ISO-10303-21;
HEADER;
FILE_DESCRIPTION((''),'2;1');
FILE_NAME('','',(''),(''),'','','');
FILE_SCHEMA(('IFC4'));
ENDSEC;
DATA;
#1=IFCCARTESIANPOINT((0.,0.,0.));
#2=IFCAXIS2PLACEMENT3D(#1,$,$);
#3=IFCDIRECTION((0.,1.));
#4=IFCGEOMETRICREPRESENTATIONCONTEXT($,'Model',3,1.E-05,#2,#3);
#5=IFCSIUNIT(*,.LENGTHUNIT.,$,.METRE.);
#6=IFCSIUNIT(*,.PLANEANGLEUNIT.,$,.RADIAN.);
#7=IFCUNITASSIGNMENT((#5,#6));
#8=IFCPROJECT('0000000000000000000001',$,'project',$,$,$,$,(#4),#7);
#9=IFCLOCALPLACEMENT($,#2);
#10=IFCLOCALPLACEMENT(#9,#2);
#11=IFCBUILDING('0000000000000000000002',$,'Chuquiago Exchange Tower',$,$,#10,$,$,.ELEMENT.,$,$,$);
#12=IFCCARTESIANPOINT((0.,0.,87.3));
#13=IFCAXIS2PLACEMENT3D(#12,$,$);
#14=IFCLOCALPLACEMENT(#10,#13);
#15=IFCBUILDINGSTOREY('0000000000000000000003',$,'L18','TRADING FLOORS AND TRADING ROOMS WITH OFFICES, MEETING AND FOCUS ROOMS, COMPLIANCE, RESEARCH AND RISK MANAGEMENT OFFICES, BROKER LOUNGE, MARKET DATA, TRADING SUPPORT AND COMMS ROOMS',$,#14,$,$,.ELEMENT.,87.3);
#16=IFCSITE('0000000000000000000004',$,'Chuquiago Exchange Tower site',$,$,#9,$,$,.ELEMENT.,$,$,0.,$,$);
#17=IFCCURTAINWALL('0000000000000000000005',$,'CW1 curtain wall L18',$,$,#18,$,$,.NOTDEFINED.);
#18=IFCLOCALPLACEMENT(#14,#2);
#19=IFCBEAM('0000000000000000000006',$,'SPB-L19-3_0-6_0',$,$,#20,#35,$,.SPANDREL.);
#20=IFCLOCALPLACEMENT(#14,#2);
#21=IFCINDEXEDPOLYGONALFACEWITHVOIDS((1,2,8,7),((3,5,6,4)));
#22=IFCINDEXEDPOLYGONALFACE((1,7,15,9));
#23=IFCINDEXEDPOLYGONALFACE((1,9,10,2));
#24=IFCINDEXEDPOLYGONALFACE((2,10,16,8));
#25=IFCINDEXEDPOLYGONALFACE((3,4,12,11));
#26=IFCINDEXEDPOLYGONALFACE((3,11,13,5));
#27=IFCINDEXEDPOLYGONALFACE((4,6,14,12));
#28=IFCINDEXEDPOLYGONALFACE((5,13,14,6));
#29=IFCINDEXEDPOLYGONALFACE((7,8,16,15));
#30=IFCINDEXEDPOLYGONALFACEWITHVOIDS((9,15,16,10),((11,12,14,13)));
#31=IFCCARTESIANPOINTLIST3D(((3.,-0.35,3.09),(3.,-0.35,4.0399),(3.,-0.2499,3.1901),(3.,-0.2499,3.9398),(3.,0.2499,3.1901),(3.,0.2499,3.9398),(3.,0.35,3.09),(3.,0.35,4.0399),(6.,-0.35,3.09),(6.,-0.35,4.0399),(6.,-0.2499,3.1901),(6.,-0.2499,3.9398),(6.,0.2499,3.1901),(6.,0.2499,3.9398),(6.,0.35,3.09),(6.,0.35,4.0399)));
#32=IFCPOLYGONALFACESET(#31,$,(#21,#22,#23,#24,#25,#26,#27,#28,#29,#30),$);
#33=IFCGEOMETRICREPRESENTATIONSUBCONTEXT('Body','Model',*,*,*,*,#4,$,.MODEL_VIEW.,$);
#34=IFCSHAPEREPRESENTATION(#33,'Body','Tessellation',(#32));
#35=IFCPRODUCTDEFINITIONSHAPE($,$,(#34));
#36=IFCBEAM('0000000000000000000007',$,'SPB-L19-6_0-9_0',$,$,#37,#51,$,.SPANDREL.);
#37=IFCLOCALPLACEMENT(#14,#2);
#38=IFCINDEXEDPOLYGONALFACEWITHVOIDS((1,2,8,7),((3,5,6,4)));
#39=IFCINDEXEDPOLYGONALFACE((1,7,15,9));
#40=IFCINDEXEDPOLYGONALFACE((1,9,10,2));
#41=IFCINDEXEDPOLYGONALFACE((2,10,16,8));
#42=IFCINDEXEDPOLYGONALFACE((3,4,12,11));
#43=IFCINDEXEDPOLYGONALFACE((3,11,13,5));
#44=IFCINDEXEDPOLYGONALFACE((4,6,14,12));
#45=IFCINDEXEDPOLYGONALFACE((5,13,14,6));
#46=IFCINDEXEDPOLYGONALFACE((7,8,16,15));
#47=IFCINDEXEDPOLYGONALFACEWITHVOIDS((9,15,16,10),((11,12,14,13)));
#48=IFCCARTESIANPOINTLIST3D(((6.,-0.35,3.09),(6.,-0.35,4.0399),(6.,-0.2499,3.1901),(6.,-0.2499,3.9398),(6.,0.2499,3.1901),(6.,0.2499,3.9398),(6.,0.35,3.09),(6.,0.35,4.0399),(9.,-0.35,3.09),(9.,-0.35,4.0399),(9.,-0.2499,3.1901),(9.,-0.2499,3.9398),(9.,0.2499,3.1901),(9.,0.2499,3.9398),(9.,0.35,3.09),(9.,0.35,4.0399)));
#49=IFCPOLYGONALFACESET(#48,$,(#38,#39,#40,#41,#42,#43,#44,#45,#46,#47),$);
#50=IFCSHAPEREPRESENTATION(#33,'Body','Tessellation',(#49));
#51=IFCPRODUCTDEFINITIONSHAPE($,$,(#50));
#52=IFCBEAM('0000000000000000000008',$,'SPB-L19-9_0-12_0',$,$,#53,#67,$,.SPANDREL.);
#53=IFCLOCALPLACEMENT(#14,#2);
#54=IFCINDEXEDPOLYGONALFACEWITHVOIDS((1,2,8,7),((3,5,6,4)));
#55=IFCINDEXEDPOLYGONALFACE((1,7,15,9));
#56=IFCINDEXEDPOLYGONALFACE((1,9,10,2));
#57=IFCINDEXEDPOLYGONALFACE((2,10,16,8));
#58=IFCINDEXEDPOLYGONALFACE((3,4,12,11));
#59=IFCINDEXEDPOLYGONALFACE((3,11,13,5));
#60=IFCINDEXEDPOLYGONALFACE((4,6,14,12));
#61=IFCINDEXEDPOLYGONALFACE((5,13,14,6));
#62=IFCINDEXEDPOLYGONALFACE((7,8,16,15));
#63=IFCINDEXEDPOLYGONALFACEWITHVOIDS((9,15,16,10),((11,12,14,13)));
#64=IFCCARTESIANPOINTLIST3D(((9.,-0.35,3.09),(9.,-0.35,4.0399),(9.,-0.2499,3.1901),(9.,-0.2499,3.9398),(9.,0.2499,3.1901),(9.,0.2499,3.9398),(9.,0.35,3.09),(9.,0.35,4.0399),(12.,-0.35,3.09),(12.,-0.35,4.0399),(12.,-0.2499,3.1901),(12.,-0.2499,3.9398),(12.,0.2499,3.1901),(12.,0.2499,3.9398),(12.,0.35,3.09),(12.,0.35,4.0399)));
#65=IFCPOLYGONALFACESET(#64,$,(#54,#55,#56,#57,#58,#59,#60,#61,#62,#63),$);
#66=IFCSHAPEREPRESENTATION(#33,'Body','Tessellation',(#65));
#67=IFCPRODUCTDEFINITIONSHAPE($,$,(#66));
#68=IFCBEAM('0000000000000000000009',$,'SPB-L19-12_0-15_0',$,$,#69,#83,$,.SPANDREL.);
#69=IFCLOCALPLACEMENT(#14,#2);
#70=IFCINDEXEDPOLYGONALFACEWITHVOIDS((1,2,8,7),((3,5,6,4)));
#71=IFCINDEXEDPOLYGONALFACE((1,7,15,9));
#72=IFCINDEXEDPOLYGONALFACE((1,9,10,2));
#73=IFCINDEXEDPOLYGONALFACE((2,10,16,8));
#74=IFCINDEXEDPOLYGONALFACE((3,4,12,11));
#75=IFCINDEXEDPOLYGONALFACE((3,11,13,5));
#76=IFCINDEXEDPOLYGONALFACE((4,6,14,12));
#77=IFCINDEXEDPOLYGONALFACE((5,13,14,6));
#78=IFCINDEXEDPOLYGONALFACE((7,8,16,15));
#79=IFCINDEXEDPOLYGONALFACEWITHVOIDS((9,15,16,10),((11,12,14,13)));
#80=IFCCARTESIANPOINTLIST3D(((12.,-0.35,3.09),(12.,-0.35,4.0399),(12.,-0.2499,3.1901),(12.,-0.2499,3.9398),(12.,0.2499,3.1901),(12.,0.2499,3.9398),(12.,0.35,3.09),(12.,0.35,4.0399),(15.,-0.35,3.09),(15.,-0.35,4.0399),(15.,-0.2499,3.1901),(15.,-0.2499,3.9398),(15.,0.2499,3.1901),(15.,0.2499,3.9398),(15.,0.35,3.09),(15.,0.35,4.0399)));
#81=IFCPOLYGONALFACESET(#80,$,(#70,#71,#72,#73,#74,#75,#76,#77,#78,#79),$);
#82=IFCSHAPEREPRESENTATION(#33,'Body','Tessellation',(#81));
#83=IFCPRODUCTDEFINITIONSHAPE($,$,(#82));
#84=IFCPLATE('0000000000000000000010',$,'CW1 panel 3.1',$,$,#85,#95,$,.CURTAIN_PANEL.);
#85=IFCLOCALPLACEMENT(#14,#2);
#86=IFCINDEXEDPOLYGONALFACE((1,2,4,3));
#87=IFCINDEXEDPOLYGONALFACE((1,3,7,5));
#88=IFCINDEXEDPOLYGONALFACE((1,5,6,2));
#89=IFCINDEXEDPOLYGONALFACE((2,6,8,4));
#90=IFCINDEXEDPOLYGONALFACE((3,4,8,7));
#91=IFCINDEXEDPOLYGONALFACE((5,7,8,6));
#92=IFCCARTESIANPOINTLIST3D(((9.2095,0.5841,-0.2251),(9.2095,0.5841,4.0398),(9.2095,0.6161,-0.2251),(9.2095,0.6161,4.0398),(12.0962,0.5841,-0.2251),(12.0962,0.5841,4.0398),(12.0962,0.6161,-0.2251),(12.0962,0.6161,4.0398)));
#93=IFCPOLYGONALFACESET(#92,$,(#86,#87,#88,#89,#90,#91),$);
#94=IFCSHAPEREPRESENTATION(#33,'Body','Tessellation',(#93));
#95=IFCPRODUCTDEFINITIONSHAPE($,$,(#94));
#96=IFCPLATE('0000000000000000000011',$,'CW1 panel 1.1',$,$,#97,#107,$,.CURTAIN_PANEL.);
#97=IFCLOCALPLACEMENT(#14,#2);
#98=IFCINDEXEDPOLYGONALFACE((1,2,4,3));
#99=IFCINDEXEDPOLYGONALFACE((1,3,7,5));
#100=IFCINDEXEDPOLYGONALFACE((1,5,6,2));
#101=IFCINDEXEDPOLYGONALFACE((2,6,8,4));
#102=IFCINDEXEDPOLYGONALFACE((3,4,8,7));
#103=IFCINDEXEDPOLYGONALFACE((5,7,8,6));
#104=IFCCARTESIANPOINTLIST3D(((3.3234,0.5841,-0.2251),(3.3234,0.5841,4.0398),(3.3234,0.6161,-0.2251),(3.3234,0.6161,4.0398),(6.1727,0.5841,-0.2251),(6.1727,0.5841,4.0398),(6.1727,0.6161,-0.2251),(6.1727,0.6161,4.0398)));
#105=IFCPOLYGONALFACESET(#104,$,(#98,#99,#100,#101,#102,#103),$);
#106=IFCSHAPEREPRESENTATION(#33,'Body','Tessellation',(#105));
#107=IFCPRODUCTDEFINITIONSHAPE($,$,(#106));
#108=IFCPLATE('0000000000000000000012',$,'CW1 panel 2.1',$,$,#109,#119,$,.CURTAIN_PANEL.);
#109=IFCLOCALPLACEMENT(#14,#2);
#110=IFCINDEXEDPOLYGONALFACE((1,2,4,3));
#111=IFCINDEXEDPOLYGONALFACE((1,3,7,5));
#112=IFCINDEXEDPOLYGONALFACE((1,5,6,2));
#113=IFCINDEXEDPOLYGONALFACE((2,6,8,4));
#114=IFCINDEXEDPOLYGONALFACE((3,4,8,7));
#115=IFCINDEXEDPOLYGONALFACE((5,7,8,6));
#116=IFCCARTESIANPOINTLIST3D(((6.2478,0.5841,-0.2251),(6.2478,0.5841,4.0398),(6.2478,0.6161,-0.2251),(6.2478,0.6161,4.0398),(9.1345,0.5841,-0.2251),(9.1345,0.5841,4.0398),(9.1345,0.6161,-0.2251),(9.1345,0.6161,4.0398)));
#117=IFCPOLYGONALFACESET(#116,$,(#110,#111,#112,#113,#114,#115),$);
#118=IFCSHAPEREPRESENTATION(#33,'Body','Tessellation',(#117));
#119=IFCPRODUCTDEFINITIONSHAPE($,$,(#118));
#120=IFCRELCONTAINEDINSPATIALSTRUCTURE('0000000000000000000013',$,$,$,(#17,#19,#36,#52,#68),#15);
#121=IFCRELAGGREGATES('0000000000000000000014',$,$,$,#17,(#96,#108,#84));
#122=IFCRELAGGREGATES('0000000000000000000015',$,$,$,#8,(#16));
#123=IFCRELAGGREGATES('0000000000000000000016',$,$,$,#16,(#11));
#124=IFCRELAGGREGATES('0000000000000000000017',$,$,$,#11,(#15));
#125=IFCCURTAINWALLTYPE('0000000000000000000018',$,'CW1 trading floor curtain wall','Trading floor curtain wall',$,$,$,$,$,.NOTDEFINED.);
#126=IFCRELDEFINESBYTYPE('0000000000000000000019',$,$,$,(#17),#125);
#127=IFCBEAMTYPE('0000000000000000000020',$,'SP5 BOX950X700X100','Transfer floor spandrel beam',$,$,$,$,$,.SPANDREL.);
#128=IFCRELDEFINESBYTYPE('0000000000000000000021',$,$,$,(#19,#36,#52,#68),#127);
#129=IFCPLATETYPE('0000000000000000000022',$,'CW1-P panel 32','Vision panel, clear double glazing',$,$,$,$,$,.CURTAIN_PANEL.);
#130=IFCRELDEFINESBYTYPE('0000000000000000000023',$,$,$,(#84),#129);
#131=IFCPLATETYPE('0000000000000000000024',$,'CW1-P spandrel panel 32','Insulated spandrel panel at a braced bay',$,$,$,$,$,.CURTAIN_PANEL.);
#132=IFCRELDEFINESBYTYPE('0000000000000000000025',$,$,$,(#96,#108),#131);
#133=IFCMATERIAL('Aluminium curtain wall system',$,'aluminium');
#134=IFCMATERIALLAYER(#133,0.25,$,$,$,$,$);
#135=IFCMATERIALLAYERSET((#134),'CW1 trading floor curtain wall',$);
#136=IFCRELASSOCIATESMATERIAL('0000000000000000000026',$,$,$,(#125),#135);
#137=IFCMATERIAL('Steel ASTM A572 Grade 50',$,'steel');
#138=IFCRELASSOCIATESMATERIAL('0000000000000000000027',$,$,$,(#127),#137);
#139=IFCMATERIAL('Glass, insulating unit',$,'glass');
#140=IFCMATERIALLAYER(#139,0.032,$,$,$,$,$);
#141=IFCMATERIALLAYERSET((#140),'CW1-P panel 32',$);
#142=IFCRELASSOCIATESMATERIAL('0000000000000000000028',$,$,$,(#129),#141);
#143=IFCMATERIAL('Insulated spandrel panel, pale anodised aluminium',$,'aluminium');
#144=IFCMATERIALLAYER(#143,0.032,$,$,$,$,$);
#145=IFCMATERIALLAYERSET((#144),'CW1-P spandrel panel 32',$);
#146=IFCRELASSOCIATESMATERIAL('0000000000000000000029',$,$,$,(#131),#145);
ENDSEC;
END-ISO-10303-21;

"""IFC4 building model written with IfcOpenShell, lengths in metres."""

from ifc_helpers import new_model, si_unit, direction, frame, origin, origin_2d, place, context, subcontext, project, spatial, rectangle, hollow_rectangle, extrude, material, layer, layer_set, material_profile, profile_set, type_object, element, aggregate, save


model = new_model("IFC4")

# Units and contexts
model_context = context("Model", 3, precision=1e-05, world=origin(), true_north=direction((0.0, 1.0)))
body_context = subcontext(model_context, "Body", "Model", "MODEL_VIEW")
ifc_project = project(units=[si_unit("LENGTHUNIT", "METRE"), si_unit("PLANEANGLEUNIT", "RADIAN")], contexts=[model_context])

# Site, building, storey
site_placement = place(None, origin())
site = spatial("IfcSite", under=ifc_project, at=site_placement, Name="Chuquiago Exchange Tower site", CompositionType="ELEMENT", RefElevation=0.0)
building_placement = place(site_placement, origin())
building = spatial("IfcBuilding", under=site, at=building_placement, Name="Chuquiago Exchange Tower", CompositionType="ELEMENT")
storey_placement = place(building_placement, frame((0.0, 0.0, 87.3)))
storey = spatial("IfcBuildingStorey", under=building, at=storey_placement, Name="L18", Description="TRADING FLOORS AND TRADING ROOMS WITH OFFICES, MEETING AND FOCUS ROOMS, COMPLIANCE, RESEARCH AND RISK MANAGEMENT OFFICES, BROKER LOUNGE, MARKET DATA, TRADING SUPPORT AND COMMS ROOMS", CompositionType="ELEMENT", Elevation=87.3)

# Curtain wall
ifc_material_1 = material(Name="Aluminium curtain wall system", Category="aluminium")
ifc_layer_1 = layer(ifc_material_1, 0.25)
ifc_layer_set_1 = layer_set([ifc_layer_1], Name="CW1 trading floor curtain wall")
curtain_wall_type = type_object("IfcCurtainWallType", Name="CW1 trading floor curtain wall", Description="Trading floor curtain wall", PredefinedType="NOTDEFINED", material=ifc_layer_set_1)
curtain_wall_placement = place(storey_placement, origin())
curtain_wall = element("IfcCurtainWall", 1, at=curtain_wall_placement, inside=storey, type_object=curtain_wall_type, Name="CW1 curtain wall L18", PredefinedType="NOTDEFINED")

# Beams
ifc_material_2 = material(Name="Steel ASTM A572 Grade 50", Category="steel")
ifc_material_profile_1 = material_profile(ifc_material_2, hollow_rectangle(XDim=0.7, YDim=0.95, WallThickness=0.1001, at=origin_2d()), Name="BOX950X700X100")
ifc_profile_set_1 = profile_set([ifc_material_profile_1], Name="Steel ASTM A572 Grade 50")
beam_type = type_object("IfcBeamType", Name="SP5 BOX950X700X100", Description="Transfer floor spandrel beam", PredefinedType="SPANDREL", material=ifc_profile_set_1)
for number, where, z_axis, x_axis, name in (
    (2, (3.0, 0.0, 3.5649), (1.0, 0.0, 0.0), (0.0, 1.0, 0.0), "SPB-L19-3_0-6_0"),
    (3, (6.0, 0.0, 3.5649), (1.0, 0.0, 0.0), (0.0, 1.0, 0.0), "SPB-L19-6_0-9_0"),
    (4, (9.0, 0.0, 3.5649), (1.0, 0.0, 0.0), (0.0, 1.0, 0.0), "SPB-L19-9_0-12_0"),
    (5, (12.0, 0.0, 3.5649), (1.0, 0.0, 0.0), (0.0, 1.0, 0.0), "SPB-L19-12_0-15_0"),
):
    element("IfcBeam", number, at=place(storey_placement, frame(where, z_axis=z_axis, x_axis=x_axis)), inside=storey, type_object=beam_type, Name=name, PredefinedType="SPANDREL", context=body_context, shape_type="SweptSolid", body=[
        extrude(hollow_rectangle(XDim=0.7, YDim=0.95, WallThickness=0.1001, at=origin_2d()), origin(), (0.0, 0.0, 1.0), 3.0),
    ])

# Plates
ifc_material_3 = material(Name="Glass, insulating unit", Category="glass")
ifc_layer_2 = layer(ifc_material_3, 0.032)
ifc_layer_set_2 = layer_set([ifc_layer_2], Name="CW1-P panel 32")
plate_type_1 = type_object("IfcPlateType", Name="CW1-P panel 32", Description="Vision panel, clear double glazing", PredefinedType="CURTAIN_PANEL", material=ifc_layer_set_2)
plate_1_placement = place(storey_placement, frame((10.6528, 0.6001, -0.2251), z_axis=(0.0, 0.0, 1.0), x_axis=(1.0, 0.0, 0.0)))
plate_1 = element("IfcPlate", 6, at=plate_1_placement, type_object=plate_type_1, Name="CW1 panel 3.1", PredefinedType="CURTAIN_PANEL", context=body_context, shape_type="SweptSolid", body=[
    extrude(rectangle(XDim=2.8867, YDim=0.032, at=origin_2d()), origin(), (0.0, 0.0, 1.0), 4.2649),
])
ifc_material_4 = material(Name="Insulated spandrel panel, pale anodised aluminium", Category="aluminium")
ifc_layer_3 = layer(ifc_material_4, 0.032)
ifc_layer_set_3 = layer_set([ifc_layer_3], Name="CW1-P spandrel panel 32")
plate_type_2 = type_object("IfcPlateType", Name="CW1-P spandrel panel 32", Description="Insulated spandrel panel at a braced bay", PredefinedType="CURTAIN_PANEL", material=ifc_layer_set_3)
plate_2_placement = place(storey_placement, frame((4.748, 0.6001, -0.2251), z_axis=(0.0, 0.0, 1.0), x_axis=(1.0, 0.0, 0.0)))
plate_2 = element("IfcPlate", 7, at=plate_2_placement, type_object=plate_type_2, Name="CW1 panel 1.1", PredefinedType="CURTAIN_PANEL", context=body_context, shape_type="SweptSolid", body=[
    extrude(rectangle(XDim=2.8494, YDim=0.032, at=origin_2d()), origin(), (0.0, 0.0, 1.0), 4.2649),
])
plate_3_placement = place(storey_placement, frame((7.6912, 0.6001, -0.2251), z_axis=(0.0, 0.0, 1.0), x_axis=(1.0, 0.0, 0.0)))
plate_3 = element("IfcPlate", 8, at=plate_3_placement, type_object=plate_type_2, Name="CW1 panel 2.1", PredefinedType="CURTAIN_PANEL", context=body_context, shape_type="SweptSolid", body=[
    extrude(rectangle(XDim=2.8867, YDim=0.032, at=origin_2d()), origin(), (0.0, 0.0, 1.0), 4.2649),
])
aggregate(curtain_wall, [plate_2, plate_3, plate_1])

save(model, "model.ifc")
